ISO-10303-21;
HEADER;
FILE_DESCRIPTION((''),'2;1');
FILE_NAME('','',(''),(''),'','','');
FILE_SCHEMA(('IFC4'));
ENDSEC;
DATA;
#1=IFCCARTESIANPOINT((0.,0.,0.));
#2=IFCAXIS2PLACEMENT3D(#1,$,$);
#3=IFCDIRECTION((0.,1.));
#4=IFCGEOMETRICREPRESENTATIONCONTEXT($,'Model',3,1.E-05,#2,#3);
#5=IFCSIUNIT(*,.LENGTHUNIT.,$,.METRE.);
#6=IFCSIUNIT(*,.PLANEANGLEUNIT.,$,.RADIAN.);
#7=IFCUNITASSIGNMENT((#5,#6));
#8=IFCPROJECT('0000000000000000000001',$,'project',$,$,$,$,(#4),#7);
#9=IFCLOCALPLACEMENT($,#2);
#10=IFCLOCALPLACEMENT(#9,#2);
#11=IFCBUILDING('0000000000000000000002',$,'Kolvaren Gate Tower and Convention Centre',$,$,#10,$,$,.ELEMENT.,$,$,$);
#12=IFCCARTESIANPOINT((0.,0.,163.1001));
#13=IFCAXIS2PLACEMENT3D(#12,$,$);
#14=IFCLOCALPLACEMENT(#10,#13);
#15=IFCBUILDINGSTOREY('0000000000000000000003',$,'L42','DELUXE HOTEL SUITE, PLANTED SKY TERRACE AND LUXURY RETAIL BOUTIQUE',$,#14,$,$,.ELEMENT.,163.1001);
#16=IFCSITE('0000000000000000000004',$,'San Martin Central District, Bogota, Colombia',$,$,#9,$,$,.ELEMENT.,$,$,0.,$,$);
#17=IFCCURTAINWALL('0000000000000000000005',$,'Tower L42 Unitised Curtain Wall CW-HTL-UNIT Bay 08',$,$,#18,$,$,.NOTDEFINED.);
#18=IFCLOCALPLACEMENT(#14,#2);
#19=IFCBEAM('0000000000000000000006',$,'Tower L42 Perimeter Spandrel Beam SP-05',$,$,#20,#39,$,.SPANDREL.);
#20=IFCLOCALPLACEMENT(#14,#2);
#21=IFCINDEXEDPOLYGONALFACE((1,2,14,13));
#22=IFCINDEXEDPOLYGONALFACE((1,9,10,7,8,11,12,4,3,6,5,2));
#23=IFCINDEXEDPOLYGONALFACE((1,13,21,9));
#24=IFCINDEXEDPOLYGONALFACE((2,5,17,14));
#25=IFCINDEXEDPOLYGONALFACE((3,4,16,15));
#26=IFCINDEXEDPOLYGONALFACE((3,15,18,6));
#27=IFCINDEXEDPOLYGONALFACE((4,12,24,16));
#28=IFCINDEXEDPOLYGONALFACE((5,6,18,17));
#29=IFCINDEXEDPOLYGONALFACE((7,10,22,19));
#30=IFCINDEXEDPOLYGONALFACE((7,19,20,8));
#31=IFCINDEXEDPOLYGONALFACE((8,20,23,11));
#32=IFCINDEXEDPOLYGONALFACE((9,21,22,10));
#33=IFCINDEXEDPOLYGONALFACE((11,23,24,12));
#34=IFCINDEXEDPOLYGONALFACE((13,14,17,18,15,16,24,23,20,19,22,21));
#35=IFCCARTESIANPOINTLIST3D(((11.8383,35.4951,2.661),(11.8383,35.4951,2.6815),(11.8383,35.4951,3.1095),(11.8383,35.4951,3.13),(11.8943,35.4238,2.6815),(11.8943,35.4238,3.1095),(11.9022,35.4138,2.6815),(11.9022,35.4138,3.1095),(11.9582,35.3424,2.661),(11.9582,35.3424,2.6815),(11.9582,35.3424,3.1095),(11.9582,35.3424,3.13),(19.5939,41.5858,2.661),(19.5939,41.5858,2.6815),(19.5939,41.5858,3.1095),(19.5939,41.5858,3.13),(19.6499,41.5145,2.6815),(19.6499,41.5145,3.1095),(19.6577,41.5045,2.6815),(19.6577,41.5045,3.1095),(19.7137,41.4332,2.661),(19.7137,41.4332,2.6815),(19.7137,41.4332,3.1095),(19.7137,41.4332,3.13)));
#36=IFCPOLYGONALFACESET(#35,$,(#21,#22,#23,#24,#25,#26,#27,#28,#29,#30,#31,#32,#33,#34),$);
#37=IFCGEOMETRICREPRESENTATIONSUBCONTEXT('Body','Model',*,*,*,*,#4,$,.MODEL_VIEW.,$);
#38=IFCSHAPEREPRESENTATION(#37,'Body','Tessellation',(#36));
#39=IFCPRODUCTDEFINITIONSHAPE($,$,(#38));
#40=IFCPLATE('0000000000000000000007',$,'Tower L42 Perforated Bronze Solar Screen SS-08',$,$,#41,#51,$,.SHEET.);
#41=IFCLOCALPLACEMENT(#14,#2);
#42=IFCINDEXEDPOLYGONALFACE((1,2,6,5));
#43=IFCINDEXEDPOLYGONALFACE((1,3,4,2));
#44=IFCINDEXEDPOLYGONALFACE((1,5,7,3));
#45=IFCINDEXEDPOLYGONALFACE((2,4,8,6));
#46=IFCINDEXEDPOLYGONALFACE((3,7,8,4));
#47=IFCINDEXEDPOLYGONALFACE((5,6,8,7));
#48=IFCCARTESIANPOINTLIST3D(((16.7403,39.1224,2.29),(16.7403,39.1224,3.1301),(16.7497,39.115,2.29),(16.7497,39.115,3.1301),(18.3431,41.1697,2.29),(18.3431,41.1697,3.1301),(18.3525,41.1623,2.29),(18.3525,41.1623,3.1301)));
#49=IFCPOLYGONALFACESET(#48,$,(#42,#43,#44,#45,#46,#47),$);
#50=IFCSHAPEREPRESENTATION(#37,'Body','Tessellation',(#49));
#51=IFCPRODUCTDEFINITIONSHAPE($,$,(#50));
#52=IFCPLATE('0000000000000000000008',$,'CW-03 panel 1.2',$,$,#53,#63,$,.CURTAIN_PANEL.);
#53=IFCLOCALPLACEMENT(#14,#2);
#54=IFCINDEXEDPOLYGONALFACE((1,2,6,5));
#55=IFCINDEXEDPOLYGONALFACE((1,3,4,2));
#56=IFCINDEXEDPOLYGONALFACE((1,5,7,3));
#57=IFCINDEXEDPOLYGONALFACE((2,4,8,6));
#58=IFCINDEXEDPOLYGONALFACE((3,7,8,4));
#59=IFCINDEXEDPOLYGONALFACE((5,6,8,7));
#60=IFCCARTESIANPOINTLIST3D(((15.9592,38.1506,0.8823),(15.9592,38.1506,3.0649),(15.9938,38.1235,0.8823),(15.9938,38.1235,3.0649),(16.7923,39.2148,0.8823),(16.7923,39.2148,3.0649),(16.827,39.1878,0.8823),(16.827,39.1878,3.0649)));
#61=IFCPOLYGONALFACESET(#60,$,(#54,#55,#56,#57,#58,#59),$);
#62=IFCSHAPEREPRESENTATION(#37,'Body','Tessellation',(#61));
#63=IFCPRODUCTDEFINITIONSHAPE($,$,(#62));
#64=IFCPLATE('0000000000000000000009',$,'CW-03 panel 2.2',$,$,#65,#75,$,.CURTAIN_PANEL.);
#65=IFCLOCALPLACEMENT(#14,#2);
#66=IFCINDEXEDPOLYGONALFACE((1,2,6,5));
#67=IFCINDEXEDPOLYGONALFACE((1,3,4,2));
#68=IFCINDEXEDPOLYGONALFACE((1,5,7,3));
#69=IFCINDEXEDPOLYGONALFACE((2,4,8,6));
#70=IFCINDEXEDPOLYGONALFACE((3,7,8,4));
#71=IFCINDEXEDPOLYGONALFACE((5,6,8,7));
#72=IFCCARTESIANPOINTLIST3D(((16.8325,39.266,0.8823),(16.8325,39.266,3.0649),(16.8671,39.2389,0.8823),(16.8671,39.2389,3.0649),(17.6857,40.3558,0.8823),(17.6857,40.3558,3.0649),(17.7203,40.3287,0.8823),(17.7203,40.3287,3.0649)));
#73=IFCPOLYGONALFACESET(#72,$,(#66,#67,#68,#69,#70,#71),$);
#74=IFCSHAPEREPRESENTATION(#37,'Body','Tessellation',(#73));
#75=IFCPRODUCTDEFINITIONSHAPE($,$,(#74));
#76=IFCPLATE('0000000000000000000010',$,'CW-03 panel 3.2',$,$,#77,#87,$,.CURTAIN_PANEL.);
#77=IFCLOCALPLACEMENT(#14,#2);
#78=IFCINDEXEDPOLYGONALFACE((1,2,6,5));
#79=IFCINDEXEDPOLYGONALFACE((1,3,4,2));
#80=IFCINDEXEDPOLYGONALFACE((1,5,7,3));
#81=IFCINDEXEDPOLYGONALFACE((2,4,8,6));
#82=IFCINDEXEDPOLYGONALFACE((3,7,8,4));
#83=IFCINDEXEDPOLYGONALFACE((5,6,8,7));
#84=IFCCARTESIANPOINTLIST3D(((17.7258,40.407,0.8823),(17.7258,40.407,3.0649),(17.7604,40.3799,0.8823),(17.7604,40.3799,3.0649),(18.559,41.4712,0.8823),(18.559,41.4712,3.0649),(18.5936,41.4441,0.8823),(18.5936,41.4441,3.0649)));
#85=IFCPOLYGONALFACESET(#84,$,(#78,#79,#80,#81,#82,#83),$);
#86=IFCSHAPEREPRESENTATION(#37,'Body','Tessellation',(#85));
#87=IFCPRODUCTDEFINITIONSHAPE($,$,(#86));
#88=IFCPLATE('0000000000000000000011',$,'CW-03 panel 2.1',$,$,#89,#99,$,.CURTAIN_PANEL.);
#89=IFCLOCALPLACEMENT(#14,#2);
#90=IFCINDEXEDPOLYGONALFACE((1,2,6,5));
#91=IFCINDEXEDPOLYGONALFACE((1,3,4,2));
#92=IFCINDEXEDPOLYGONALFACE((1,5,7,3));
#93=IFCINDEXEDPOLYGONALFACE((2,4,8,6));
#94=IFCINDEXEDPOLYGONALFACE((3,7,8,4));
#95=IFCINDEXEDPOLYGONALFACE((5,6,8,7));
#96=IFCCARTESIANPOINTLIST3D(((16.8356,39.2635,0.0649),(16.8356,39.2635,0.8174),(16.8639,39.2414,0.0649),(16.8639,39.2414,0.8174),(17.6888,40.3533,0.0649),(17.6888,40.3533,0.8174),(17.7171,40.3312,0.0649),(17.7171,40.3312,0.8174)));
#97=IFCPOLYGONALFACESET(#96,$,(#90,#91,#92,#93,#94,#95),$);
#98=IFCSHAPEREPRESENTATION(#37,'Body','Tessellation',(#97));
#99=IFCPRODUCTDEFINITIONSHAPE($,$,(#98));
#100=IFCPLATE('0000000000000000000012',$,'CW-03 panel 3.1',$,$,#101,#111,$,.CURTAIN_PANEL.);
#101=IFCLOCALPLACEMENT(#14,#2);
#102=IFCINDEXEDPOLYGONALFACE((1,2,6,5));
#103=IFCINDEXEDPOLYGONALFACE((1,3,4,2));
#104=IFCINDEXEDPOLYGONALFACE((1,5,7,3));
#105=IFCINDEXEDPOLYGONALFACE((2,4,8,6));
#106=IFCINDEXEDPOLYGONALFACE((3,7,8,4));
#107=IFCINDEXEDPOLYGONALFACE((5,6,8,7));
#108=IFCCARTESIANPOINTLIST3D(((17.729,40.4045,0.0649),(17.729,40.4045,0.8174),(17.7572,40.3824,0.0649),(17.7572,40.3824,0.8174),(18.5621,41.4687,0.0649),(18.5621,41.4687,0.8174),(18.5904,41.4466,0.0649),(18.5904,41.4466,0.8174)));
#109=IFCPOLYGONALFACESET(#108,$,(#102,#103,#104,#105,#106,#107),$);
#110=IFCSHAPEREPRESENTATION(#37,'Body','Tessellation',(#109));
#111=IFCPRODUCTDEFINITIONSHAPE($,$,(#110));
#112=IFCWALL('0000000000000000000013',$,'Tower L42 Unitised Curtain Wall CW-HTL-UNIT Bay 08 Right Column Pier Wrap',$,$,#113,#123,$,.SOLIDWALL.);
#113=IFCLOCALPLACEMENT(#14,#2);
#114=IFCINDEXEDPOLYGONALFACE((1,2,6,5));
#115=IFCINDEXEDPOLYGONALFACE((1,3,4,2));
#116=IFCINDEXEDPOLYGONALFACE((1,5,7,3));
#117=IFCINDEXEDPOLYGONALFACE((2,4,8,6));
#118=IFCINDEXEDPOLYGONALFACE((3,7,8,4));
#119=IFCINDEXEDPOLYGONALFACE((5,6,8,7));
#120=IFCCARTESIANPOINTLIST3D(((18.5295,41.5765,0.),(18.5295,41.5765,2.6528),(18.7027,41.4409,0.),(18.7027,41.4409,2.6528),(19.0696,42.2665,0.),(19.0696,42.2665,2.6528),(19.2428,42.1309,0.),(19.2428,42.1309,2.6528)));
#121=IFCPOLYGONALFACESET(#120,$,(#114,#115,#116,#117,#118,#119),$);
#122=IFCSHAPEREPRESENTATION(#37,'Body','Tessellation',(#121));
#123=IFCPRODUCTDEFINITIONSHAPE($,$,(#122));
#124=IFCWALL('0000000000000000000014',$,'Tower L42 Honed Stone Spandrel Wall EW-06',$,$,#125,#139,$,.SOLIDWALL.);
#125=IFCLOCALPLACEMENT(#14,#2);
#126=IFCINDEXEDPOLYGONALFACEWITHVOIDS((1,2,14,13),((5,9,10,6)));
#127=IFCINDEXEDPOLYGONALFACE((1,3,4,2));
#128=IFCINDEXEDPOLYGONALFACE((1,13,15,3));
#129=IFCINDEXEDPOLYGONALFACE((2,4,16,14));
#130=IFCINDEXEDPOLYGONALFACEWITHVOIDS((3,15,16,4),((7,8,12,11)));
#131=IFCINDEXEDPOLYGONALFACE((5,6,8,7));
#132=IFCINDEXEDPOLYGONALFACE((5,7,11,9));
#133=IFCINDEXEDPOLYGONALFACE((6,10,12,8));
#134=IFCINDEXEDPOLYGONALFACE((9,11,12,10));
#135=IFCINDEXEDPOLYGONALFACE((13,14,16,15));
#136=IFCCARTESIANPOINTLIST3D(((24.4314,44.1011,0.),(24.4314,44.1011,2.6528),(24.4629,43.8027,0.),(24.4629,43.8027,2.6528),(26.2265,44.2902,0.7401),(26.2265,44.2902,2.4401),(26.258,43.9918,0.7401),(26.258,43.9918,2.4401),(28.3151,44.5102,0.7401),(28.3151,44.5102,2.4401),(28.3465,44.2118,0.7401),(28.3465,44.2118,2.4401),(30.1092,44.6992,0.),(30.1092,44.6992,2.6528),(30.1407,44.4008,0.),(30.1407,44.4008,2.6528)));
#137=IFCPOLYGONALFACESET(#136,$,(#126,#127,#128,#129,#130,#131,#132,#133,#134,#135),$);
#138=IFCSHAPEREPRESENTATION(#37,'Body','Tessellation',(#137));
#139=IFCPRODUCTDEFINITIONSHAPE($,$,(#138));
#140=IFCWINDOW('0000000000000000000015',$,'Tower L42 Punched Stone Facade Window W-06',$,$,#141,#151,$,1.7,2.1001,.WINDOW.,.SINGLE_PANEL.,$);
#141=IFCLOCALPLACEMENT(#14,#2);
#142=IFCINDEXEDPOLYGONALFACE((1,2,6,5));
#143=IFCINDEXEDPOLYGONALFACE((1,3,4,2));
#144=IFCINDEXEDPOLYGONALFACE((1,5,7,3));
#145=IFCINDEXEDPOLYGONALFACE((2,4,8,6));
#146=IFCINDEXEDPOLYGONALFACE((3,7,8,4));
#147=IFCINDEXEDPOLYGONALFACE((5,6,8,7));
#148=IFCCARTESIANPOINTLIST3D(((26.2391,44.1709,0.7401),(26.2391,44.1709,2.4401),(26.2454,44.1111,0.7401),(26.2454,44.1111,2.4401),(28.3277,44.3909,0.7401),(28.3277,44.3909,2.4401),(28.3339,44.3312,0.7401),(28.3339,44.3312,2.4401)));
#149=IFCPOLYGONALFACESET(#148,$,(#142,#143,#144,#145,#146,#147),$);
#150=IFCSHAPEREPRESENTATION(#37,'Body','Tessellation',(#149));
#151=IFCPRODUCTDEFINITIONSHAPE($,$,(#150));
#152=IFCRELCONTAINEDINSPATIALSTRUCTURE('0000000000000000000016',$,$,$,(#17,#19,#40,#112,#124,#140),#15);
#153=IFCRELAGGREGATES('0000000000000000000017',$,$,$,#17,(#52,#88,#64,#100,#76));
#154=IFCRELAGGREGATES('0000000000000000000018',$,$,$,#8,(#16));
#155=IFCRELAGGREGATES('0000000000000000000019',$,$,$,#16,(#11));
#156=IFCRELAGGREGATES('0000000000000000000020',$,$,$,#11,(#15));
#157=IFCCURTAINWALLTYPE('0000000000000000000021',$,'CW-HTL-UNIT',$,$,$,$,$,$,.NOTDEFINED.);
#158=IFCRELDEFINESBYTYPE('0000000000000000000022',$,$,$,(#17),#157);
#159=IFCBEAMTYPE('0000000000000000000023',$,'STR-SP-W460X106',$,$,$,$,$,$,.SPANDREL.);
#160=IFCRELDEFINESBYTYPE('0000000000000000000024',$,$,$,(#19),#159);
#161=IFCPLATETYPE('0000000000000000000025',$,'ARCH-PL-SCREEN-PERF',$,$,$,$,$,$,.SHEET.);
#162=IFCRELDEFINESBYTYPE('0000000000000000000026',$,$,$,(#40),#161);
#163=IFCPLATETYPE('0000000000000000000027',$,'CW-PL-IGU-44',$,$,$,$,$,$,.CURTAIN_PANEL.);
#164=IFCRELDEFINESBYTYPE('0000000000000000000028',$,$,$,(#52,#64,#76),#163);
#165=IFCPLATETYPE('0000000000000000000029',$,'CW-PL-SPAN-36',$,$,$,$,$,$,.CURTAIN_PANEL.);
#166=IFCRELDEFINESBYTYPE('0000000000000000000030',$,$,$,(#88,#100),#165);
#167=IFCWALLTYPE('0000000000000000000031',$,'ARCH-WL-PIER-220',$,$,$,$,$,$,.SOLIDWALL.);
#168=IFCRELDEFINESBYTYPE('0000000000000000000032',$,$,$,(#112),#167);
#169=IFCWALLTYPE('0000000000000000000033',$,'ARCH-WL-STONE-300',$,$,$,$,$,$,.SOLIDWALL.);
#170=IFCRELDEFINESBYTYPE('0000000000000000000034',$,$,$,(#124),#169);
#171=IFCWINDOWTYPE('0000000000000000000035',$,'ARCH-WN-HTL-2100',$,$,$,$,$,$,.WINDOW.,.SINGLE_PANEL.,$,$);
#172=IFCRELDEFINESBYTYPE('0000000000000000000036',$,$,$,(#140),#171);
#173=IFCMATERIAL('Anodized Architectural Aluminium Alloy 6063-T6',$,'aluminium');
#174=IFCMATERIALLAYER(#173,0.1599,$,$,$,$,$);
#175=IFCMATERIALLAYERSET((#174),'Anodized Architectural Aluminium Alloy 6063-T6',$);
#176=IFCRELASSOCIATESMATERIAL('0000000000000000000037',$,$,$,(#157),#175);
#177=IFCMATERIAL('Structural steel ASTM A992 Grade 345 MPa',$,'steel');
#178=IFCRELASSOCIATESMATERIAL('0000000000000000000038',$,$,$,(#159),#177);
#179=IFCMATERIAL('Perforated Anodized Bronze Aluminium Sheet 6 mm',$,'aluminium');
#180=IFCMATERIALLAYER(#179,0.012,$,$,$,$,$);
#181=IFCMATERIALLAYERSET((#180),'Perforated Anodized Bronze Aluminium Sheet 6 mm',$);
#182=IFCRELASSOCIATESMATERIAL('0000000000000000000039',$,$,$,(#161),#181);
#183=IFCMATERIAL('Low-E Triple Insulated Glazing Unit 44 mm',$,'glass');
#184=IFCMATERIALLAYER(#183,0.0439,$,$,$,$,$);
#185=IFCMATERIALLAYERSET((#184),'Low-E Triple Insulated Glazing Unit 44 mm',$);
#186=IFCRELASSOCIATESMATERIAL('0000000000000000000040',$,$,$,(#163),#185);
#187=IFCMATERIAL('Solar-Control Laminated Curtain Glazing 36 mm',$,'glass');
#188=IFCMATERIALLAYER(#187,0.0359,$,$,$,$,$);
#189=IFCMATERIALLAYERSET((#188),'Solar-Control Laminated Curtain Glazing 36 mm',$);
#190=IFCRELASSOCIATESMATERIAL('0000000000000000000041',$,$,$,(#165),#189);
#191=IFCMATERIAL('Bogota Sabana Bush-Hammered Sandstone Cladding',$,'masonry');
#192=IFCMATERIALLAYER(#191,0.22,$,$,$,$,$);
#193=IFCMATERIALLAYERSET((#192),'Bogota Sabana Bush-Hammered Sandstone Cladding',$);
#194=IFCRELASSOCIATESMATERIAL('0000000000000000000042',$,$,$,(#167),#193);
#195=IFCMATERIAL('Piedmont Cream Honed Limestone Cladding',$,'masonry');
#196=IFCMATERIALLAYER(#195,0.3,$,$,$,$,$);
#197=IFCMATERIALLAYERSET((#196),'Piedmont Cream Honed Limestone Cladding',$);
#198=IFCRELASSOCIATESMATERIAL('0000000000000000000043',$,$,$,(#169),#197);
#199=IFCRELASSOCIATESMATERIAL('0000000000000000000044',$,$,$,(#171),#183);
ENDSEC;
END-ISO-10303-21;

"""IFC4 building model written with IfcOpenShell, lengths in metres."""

from ifc_helpers import new_model, si_unit, direction, frame, frame_2d, origin, origin_2d, place, context, subcontext, project, spatial, rectangle, i_section, extrude, material, layer, layer_set, material_profile, profile_set, type_object, element, fill, aggregate, save


model = new_model("IFC4")

# Units and contexts
model_context = context("Model", 3, precision=1e-05, world=origin(), true_north=direction((0.0, 1.0)))
body_context = subcontext(model_context, "Body", "Model", "MODEL_VIEW")
ifc_project = project(units=[si_unit("LENGTHUNIT", "METRE"), si_unit("PLANEANGLEUNIT", "RADIAN")], contexts=[model_context])

# Site, building, storey
site_placement = place(None, origin())
site = spatial("IfcSite", under=ifc_project, at=site_placement, Name="San Martin Central District, Bogota, Colombia", CompositionType="ELEMENT", RefElevation=0.0)
building_placement = place(site_placement, origin())
building = spatial("IfcBuilding", under=site, at=building_placement, Name="Kolvaren Gate Tower and Convention Centre", CompositionType="ELEMENT")
storey_placement = place(building_placement, frame((0.0, 0.0, 163.1001)))
storey = spatial("IfcBuildingStorey", under=building, at=storey_placement, Name="L42", Description="DELUXE HOTEL SUITE, PLANTED SKY TERRACE AND LUXURY RETAIL BOUTIQUE", CompositionType="ELEMENT", Elevation=163.1001)

# Curtain wall
ifc_material_1 = material(Name="Anodized Architectural Aluminium Alloy 6063-T6", Category="aluminium")
ifc_layer_1 = layer(ifc_material_1, 0.1599)
ifc_layer_set_1 = layer_set([ifc_layer_1], Name="Anodized Architectural Aluminium Alloy 6063-T6")
curtain_wall_type = type_object("IfcCurtainWallType", Name="CW-HTL-UNIT", PredefinedType="NOTDEFINED", material=ifc_layer_set_1)
curtain_wall_placement = place(storey_placement, origin())
curtain_wall = element("IfcCurtainWall", 1, at=curtain_wall_placement, inside=storey, type_object=curtain_wall_type, Name="Tower L42 Unitised Curtain Wall CW-HTL-UNIT Bay 08", PredefinedType="NOTDEFINED")

# Beam
ifc_material_2 = material(Name="Structural steel ASTM A992 Grade 345 MPa", Category="steel")
ifc_material_profile_1 = material_profile(ifc_material_2, i_section(OverallWidth=0.1941, OverallDepth=0.469, WebThickness=0.0127, FlangeThickness=0.0205, at=origin_2d()), Name="W460X106")
ifc_profile_set_1 = profile_set([ifc_material_profile_1], Name="Structural steel ASTM A992 Grade 345 MPa")
beam_type_1 = type_object("IfcBeamType", Name="STR-SP-W460X106", PredefinedType="SPANDREL", material=ifc_profile_set_1)
beam_1_placement = place(storey_placement, frame((19.6538, 41.5095, 2.8955), z_axis=(-0.78646, -0.617641, 0.0), x_axis=(0.617641, -0.78646, 0.0)))
element("IfcBeam", 2, at=beam_1_placement, inside=storey, type_object=beam_type_1, Name="Tower L42 Perimeter Spandrel Beam SP-05", PredefinedType="SPANDREL", context=body_context, shape_type="SweptSolid", body=[
    extrude(i_section(OverallWidth=0.1941, OverallDepth=0.469, WebThickness=0.0127, FlangeThickness=0.0205, at=origin_2d()), origin(), (0.0, 0.0, 1.0), 9.8613),
])

# Plates
ifc_material_3 = material(Name="Perforated Anodized Bronze Aluminium Sheet 6 mm", Category="aluminium")
ifc_layer_2 = layer(ifc_material_3, 0.012)
ifc_layer_set_2 = layer_set([ifc_layer_2], Name="Perforated Anodized Bronze Aluminium Sheet 6 mm")
plate_type_1 = type_object("IfcPlateType", Name="ARCH-PL-SCREEN-PERF", PredefinedType="SHEET", material=ifc_layer_set_2)
plate_1_placement = place(storey_placement, frame((17.5464, 40.1423, 2.29), z_axis=(0.0, 0.0, 1.0), x_axis=(0.616446, 0.787397, 0.0)))
element("IfcPlate", 3, at=plate_1_placement, inside=storey, type_object=plate_type_1, Name="Tower L42 Perforated Bronze Solar Screen SS-08", PredefinedType="SHEET", context=body_context, shape_type="SweptSolid", body=[
    extrude(rectangle(XDim=2.6001, YDim=0.012, at=origin_2d()), origin(), (0.0, 0.0, 1.0), 0.8401),
])
ifc_material_4 = material(Name="Low-E Triple Insulated Glazing Unit 44 mm", Category="glass")
ifc_layer_3 = layer(ifc_material_4, 0.0439)
ifc_layer_set_3 = layer_set([ifc_layer_3], Name="Low-E Triple Insulated Glazing Unit 44 mm")
plate_type_2 = type_object("IfcPlateType", Name="CW-PL-IGU-44", PredefinedType="CURTAIN_PANEL", material=ifc_layer_set_3)
plate_2_placement = place(storey_placement, frame((16.3931, 38.6692, 0.8823), z_axis=(0.0, 0.0, 1.0), x_axis=(0.616449, 0.787395, 0.0)))
plate_2 = element("IfcPlate", 4, at=plate_2_placement, type_object=plate_type_2, Name="CW-03 panel 1.2", PredefinedType="CURTAIN_PANEL", context=body_context, shape_type="SweptSolid", body=[
    extrude(rectangle(XDim=1.3516, YDim=0.0439, at=origin_2d()), origin(), (0.0, 0.0, 1.0), 2.1826),
])
plate_3_placement = place(storey_placement, frame((17.2764, 39.7974, 0.8823), z_axis=(0.0, 0.0, 1.0), x_axis=(0.616449, 0.787395, 0.0)))
plate_3 = element("IfcPlate", 5, at=plate_3_placement, type_object=plate_type_2, Name="CW-03 panel 2.2", PredefinedType="CURTAIN_PANEL", context=body_context, shape_type="SweptSolid", body=[
    extrude(rectangle(XDim=1.384, YDim=0.0439, at=origin_2d()), origin(), (0.0, 0.0, 1.0), 2.1826),
])
plate_4_placement = place(storey_placement, frame((18.1597, 40.9255, 0.8823), z_axis=(0.0, 0.0, 1.0), x_axis=(0.616449, 0.787395, 0.0)))
plate_4 = element("IfcPlate", 6, at=plate_4_placement, type_object=plate_type_2, Name="CW-03 panel 3.2", PredefinedType="CURTAIN_PANEL", context=body_context, shape_type="SweptSolid", body=[
    extrude(rectangle(XDim=1.3516, YDim=0.0439, at=origin_2d()), origin(), (0.0, 0.0, 1.0), 2.1826),
])
ifc_material_5 = material(Name="Solar-Control Laminated Curtain Glazing 36 mm", Category="glass")
ifc_layer_4 = layer(ifc_material_5, 0.0359)
ifc_layer_set_4 = layer_set([ifc_layer_4], Name="Solar-Control Laminated Curtain Glazing 36 mm")
plate_type_3 = type_object("IfcPlateType", Name="CW-PL-SPAN-36", PredefinedType="CURTAIN_PANEL", material=ifc_layer_set_4)
plate_5_placement = place(storey_placement, frame((17.2764, 39.7974, 0.0649), z_axis=(0.0, 0.0, 1.0), x_axis=(0.616449, 0.787395, 0.0)))
plate_5 = element("IfcPlate", 7, at=plate_5_placement, type_object=plate_type_3, Name="CW-03 panel 2.1", PredefinedType="CURTAIN_PANEL", context=body_context, shape_type="SweptSolid", body=[
    extrude(rectangle(XDim=1.384, YDim=0.0359, at=origin_2d()), origin(), (0.0, 0.0, 1.0), 0.7524),
])
plate_6_placement = place(storey_placement, frame((18.1597, 40.9255, 0.0649), z_axis=(0.0, 0.0, 1.0), x_axis=(0.616449, 0.787395, 0.0)))
plate_6 = element("IfcPlate", 8, at=plate_6_placement, type_object=plate_type_3, Name="CW-03 panel 3.1", PredefinedType="CURTAIN_PANEL", context=body_context, shape_type="SweptSolid", body=[
    extrude(rectangle(XDim=1.3516, YDim=0.0359, at=origin_2d()), origin(), (0.0, 0.0, 1.0), 0.7524),
])
aggregate(curtain_wall, [plate_2, plate_5, plate_3, plate_6, plate_4])

# Wall
ifc_material_6 = material(Name="Bogota Sabana Bush-Hammered Sandstone Cladding", Category="masonry")
ifc_layer_5 = layer(ifc_material_6, 0.22)
ifc_layer_set_5 = layer_set([ifc_layer_5], Name="Bogota Sabana Bush-Hammered Sandstone Cladding")
wall_type_1 = type_object("IfcWallType", Name="ARCH-WL-PIER-220", PredefinedType="SOLIDWALL", material=ifc_layer_set_5)
wall_1_placement = place(storey_placement, frame((18.6162, 41.5088, 0.0), z_axis=(0.0, 0.0, 1.0), x_axis=(0.616368, 0.787458, 0.0)))
element("IfcWall", 9, at=wall_1_placement, inside=storey, type_object=wall_type_1, Name="Tower L42 Unitised Curtain Wall CW-HTL-UNIT Bay 08 Right Column Pier Wrap", PredefinedType="SOLIDWALL", context=body_context, shape_type="SweptSolid", body=[
    extrude(rectangle(XDim=0.8762, YDim=0.22, at=frame_2d((0.438, 0.0))), origin(), (0.0, 0.0, 1.0), 2.6528),
])

# Wall, opening, window
ifc_material_7 = material(Name="Piedmont Cream Honed Limestone Cladding", Category="masonry")
ifc_layer_6 = layer(ifc_material_7, 0.3)
ifc_layer_set_6 = layer_set([ifc_layer_6], Name="Piedmont Cream Honed Limestone Cladding")
wall_type_2 = type_object("IfcWallType", Name="ARCH-WL-STONE-300", PredefinedType="SOLIDWALL", material=ifc_layer_set_6)
wall_2_placement = place(storey_placement, frame((24.4473, 43.9519, 0.0), z_axis=(0.0, 0.0, 1.0), x_axis=(0.994497, 0.104769, 0.0)))
wall_2 = element("IfcWall", 10, at=wall_2_placement, inside=storey, type_object=wall_type_2, Name="Tower L42 Honed Stone Spandrel Wall EW-06", PredefinedType="SOLIDWALL", context=body_context, shape_type="SweptSolid", body=[
    extrude(rectangle(XDim=5.7092, YDim=0.3, at=frame_2d((2.8545, 0.0))), origin(), (0.0, 0.0, 1.0), 2.6528),
])
opening_1_placement = place(wall_2_placement, frame((1.8049, 0.0, 0.74)))
opening_1 = element("IfcOpeningElement", 11, at=opening_1_placement, cuts=wall_2, PredefinedType="OPENING", context=body_context, shape_type="SweptSolid", body=[
    extrude(rectangle(XDim=2.1001, YDim=1.7, at=frame_2d((1.05, 0.8501))), frame((0.0, 0.1599, 0.0), z_axis=(0.0, -1.0, 0.0), x_axis=(1.0, 0.0, 0.0)), (0.0, 0.0, 1.0), 0.3201),
])
window_type = type_object("IfcWindowType", Name="ARCH-WN-HTL-2100", PartitioningType="SINGLE_PANEL", PredefinedType="WINDOW", material=ifc_material_4)
window_1_placement = place(opening_1_placement, origin())
window_1 = element("IfcWindow", 12, at=window_1_placement, inside=storey, type_object=window_type, Name="Tower L42 Punched Stone Facade Window W-06", OverallHeight=1.7, OverallWidth=2.1001, PartitioningType="SINGLE_PANEL", PredefinedType="WINDOW", context=body_context, shape_type="SweptSolid", body=[
    extrude(rectangle(XDim=2.1001, YDim=1.7, at=frame_2d((1.05, 0.8501))), frame((0.0, 0.03, 0.0), z_axis=(0.0, -1.0, 0.0), x_axis=(1.0, 0.0, 0.0)), (0.0, 0.0, 1.0), 0.0601),
])
fill(opening_1, window_1)

save(model, "model.ifc")
